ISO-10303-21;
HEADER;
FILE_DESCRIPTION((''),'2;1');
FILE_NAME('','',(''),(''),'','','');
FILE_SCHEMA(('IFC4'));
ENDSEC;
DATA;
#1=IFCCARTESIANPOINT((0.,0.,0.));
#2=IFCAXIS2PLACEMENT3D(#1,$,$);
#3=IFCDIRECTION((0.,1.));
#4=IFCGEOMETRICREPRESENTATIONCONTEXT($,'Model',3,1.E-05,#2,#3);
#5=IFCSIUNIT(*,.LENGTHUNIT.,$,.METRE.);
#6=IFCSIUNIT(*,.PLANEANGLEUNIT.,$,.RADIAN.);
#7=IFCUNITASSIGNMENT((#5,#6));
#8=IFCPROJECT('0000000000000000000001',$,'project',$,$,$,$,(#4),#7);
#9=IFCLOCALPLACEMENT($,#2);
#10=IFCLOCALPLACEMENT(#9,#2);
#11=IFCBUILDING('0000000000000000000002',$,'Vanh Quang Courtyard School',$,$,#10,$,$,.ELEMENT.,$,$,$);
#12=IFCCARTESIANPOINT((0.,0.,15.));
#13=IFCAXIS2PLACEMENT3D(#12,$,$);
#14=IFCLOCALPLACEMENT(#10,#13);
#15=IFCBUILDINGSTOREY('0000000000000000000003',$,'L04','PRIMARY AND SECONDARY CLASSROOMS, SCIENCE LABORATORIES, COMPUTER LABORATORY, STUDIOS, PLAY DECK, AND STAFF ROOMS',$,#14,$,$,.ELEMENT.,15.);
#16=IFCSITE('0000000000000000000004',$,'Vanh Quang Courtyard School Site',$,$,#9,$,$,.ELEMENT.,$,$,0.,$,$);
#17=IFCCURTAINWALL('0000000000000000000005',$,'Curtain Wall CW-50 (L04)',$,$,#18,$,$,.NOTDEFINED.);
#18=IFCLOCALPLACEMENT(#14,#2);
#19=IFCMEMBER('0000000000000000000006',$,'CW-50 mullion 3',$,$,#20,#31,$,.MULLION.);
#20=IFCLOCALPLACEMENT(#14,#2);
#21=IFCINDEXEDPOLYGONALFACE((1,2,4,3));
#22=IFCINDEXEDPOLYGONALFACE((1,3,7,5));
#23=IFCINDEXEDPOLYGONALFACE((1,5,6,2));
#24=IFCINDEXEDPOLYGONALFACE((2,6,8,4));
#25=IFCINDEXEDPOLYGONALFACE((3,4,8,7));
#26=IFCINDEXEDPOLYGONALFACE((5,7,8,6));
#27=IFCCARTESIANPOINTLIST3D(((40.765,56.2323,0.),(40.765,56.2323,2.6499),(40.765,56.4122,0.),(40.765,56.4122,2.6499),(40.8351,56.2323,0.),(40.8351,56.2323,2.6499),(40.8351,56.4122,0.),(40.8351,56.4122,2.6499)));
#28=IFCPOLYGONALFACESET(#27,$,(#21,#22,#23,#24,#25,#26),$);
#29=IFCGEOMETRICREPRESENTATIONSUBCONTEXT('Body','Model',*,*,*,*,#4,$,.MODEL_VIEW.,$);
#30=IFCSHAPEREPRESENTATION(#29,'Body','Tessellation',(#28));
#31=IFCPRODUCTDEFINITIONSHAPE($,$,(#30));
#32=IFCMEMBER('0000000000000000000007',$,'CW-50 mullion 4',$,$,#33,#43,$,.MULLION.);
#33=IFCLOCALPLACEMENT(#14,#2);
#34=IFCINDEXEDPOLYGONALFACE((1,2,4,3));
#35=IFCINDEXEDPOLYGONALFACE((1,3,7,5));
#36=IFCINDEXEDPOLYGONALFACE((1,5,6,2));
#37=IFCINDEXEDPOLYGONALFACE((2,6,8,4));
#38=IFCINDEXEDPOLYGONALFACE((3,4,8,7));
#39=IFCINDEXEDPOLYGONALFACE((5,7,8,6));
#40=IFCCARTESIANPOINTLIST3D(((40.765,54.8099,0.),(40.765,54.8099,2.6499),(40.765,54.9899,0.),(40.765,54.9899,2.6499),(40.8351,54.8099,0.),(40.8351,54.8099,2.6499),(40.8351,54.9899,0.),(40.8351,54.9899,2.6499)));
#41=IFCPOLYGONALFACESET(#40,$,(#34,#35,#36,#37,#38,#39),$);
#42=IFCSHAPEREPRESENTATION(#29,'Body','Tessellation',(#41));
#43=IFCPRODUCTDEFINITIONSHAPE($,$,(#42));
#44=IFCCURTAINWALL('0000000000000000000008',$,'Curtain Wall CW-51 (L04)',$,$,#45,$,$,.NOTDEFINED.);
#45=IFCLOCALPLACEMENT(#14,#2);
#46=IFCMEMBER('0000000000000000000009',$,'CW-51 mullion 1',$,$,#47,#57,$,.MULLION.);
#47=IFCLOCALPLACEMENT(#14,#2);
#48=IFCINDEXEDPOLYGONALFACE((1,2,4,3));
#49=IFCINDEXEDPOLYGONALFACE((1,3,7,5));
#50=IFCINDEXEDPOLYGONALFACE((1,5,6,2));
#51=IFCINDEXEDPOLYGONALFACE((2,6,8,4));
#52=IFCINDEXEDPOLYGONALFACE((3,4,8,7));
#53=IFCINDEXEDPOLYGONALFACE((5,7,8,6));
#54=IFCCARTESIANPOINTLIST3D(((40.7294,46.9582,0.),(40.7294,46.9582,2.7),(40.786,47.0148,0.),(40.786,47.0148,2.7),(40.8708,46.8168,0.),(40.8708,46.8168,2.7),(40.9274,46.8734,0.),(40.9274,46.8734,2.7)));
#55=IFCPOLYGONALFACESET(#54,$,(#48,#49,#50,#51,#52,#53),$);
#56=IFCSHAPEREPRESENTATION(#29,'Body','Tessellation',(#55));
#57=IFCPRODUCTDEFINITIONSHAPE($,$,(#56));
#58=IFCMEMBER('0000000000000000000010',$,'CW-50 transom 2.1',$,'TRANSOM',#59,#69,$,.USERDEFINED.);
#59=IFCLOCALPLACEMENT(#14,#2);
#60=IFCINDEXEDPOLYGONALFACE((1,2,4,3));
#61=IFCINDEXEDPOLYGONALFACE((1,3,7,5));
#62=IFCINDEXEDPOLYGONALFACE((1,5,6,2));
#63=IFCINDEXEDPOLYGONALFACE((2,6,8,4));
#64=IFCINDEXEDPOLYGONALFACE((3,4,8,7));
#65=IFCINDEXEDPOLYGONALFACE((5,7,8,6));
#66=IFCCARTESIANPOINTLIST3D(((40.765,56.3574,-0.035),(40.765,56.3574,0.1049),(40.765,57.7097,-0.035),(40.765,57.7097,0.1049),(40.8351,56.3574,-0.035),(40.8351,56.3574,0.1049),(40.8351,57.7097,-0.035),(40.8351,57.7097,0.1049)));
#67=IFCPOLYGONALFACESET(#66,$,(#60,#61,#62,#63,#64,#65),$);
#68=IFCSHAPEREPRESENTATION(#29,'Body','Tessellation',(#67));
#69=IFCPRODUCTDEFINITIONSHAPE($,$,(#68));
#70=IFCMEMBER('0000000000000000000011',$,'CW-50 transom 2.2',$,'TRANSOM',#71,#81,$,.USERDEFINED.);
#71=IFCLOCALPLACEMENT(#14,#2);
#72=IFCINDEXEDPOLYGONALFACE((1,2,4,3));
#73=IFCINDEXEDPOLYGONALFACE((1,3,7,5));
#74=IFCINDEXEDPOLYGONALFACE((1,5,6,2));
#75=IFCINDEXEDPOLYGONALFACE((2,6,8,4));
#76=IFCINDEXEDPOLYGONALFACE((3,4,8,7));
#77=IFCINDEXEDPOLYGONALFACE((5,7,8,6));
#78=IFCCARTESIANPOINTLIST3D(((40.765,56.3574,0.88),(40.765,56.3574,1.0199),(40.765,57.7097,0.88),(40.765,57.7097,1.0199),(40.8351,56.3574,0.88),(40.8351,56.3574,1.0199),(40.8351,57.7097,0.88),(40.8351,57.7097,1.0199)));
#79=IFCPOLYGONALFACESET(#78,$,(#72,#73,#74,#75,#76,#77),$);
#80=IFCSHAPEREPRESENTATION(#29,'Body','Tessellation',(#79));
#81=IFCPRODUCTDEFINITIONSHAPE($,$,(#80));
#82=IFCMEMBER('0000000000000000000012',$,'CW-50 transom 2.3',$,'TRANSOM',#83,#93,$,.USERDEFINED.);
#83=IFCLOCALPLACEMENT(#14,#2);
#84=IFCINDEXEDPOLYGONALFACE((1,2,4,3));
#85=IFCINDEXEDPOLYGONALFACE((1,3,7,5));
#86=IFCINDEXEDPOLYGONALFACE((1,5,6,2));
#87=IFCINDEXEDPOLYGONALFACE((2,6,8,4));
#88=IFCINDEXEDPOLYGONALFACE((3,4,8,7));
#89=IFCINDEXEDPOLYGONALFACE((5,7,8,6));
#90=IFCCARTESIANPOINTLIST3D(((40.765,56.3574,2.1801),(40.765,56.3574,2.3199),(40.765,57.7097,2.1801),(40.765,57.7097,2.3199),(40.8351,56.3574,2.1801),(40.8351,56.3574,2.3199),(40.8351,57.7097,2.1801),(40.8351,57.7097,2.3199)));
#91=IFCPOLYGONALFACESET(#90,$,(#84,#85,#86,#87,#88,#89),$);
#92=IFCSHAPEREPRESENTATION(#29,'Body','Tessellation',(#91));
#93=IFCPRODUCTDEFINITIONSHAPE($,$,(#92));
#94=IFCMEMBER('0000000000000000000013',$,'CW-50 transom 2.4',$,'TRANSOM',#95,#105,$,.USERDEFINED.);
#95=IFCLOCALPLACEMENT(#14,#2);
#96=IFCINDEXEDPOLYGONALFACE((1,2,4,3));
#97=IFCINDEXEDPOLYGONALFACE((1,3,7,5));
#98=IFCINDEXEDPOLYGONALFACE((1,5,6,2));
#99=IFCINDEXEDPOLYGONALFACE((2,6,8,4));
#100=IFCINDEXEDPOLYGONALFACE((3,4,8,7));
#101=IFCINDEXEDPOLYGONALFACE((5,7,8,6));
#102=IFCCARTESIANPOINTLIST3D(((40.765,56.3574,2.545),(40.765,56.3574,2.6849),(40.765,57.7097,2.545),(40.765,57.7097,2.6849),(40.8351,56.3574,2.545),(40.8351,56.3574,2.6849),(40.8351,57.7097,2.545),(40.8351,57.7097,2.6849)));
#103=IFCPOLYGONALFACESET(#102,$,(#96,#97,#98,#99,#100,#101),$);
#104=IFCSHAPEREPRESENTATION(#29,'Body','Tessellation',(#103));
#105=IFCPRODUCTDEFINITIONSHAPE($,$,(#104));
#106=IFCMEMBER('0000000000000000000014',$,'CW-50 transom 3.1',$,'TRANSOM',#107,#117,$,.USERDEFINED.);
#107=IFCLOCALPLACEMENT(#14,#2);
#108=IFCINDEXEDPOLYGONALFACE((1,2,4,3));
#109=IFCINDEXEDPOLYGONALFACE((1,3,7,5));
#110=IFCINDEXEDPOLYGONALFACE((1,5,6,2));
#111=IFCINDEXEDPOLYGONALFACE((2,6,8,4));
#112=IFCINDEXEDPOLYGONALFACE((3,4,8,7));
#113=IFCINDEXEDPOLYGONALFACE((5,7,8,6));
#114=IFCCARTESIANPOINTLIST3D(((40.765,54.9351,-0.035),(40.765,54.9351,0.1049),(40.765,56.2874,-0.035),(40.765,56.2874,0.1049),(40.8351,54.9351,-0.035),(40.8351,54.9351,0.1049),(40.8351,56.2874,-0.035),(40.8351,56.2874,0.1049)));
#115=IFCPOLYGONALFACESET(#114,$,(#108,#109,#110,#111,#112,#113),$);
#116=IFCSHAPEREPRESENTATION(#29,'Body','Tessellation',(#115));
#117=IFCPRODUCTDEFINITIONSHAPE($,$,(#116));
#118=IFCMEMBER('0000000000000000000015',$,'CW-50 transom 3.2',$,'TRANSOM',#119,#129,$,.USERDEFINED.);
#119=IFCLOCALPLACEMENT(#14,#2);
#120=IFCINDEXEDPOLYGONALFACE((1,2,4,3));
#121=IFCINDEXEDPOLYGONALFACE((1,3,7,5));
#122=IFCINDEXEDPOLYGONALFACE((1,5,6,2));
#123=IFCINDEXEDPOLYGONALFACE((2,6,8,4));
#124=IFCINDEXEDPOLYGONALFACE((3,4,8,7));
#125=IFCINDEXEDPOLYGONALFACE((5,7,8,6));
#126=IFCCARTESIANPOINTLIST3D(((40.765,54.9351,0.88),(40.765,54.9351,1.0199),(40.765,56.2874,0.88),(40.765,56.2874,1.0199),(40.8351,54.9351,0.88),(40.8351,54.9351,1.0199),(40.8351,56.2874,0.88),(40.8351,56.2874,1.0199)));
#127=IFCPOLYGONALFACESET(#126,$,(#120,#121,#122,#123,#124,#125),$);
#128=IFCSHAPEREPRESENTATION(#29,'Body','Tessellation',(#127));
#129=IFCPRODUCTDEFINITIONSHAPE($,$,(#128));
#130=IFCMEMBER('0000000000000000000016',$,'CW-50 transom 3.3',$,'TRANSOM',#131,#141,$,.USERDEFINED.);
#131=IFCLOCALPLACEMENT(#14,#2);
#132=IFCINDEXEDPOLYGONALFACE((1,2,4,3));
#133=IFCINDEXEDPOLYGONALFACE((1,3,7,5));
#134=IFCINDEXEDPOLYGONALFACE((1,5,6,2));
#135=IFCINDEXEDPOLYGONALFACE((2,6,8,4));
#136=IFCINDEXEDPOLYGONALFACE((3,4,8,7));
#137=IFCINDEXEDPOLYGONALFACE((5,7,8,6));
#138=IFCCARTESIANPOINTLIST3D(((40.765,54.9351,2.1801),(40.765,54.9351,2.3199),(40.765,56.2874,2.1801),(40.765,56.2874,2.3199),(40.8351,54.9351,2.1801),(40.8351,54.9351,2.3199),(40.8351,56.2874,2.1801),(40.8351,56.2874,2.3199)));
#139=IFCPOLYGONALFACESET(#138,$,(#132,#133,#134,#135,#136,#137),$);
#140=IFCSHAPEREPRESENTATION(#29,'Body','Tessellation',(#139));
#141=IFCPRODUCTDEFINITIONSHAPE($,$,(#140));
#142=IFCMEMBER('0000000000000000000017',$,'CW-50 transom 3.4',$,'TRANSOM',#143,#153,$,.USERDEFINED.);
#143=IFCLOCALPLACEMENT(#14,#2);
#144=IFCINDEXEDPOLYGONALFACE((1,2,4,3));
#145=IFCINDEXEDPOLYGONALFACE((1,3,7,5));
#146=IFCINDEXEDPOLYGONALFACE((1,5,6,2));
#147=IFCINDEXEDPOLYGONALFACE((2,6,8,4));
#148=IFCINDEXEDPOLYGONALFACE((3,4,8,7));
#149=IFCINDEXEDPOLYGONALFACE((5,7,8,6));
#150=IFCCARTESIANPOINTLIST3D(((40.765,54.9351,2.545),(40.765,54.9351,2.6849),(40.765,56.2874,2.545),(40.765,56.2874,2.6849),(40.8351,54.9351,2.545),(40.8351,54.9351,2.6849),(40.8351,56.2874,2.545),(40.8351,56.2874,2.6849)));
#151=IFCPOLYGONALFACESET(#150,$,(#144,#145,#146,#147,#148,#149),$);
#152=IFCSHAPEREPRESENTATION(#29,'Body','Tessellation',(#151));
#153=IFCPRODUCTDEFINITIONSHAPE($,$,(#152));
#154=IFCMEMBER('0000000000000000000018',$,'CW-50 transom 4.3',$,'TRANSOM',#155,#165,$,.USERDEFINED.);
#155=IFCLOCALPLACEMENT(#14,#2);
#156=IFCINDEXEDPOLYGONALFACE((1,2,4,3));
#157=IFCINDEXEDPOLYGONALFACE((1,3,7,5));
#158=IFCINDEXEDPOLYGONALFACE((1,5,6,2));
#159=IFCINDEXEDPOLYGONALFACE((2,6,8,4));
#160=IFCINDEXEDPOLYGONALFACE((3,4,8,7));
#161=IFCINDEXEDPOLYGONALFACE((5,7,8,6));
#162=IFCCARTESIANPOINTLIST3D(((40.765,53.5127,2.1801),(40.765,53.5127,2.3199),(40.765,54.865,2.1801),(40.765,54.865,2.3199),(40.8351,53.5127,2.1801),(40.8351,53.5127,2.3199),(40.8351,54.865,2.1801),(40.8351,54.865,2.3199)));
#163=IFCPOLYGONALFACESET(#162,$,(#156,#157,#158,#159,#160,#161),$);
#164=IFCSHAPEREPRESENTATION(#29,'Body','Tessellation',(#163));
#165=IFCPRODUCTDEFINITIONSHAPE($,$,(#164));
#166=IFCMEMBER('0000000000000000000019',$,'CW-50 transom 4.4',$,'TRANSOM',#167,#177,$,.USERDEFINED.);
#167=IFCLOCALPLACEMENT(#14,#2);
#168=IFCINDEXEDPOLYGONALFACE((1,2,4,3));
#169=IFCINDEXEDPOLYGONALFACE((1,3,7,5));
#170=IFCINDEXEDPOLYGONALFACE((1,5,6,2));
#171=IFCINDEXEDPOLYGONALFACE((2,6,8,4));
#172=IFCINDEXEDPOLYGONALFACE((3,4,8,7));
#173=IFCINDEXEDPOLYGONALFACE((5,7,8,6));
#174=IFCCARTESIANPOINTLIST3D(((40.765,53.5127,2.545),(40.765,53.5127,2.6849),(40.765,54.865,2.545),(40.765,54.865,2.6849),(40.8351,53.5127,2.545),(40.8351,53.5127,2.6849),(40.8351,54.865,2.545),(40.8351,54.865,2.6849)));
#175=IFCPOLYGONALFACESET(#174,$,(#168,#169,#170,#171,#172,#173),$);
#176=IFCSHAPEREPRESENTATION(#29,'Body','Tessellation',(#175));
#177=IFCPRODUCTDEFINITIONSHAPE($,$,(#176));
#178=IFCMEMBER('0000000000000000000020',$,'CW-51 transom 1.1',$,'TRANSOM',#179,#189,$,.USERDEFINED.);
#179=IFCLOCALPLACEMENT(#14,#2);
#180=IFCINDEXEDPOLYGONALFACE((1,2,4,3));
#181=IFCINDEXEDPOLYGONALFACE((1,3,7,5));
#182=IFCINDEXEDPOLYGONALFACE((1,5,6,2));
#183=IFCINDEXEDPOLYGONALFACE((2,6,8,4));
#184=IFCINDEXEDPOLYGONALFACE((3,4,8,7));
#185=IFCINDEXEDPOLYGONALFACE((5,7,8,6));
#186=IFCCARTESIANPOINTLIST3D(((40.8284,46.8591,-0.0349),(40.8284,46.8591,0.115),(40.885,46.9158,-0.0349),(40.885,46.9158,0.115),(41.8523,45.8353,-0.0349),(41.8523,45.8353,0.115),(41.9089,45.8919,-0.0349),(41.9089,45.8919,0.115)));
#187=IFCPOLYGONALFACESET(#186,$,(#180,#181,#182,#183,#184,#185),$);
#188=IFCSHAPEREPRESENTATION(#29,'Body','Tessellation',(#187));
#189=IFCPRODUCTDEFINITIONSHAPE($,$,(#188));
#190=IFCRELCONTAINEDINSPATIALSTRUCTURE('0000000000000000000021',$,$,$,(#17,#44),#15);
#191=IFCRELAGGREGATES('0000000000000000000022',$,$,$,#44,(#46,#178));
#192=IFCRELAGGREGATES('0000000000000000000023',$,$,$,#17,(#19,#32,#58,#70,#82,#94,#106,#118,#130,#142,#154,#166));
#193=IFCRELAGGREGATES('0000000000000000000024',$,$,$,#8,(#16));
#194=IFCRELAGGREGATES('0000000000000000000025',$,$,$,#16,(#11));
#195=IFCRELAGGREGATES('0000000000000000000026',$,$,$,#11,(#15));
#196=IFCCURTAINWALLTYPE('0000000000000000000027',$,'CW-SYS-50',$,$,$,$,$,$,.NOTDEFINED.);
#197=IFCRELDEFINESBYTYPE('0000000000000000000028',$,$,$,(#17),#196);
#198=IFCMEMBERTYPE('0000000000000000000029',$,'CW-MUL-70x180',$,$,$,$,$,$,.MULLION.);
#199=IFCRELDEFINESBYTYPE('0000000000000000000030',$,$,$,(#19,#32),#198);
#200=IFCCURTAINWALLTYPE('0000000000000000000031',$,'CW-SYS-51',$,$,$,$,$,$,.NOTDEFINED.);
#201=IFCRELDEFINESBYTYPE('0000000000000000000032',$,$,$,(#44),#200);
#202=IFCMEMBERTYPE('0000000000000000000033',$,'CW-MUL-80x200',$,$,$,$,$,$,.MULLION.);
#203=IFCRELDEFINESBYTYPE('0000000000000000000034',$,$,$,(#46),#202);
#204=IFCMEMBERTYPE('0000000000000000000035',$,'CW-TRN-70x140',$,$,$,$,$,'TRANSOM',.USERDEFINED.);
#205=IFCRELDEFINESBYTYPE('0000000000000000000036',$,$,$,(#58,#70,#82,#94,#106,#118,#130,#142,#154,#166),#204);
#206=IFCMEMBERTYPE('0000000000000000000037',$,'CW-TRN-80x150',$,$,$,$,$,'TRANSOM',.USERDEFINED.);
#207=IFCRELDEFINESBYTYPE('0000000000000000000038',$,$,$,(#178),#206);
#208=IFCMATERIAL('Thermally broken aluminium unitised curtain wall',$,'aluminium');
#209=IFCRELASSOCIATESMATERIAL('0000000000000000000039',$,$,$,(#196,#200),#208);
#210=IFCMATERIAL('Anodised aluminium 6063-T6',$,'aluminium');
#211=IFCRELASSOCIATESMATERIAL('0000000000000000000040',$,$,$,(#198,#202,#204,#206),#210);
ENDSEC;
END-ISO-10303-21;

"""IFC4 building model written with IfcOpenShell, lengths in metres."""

from ifc_helpers import new_model, si_unit, direction, frame, origin, origin_2d, place, context, subcontext, project, spatial, rectangle, extrude, material, material_profile, profile_set, type_object, element, aggregate, save


model = new_model("IFC4")

# Units and contexts
model_context = context("Model", 3, precision=1e-05, world=origin(), true_north=direction((0.0, 1.0)))
body_context = subcontext(model_context, "Body", "Model", "MODEL_VIEW")
ifc_project = project(units=[si_unit("LENGTHUNIT", "METRE"), si_unit("PLANEANGLEUNIT", "RADIAN")], contexts=[model_context])

# Site, building, storey
site_placement = place(None, origin())
site = spatial("IfcSite", under=ifc_project, at=site_placement, Name="Vanh Quang Courtyard School Site", CompositionType="ELEMENT", RefElevation=0.0)
building_placement = place(site_placement, origin())
building = spatial("IfcBuilding", under=site, at=building_placement, Name="Vanh Quang Courtyard School", CompositionType="ELEMENT")
storey_placement = place(building_placement, frame((0.0, 0.0, 15.0)))
storey = spatial("IfcBuildingStorey", under=building, at=storey_placement, Name="L04", Description="PRIMARY AND SECONDARY CLASSROOMS, SCIENCE LABORATORIES, COMPUTER LABORATORY, STUDIOS, PLAY DECK, AND STAFF ROOMS", CompositionType="ELEMENT", Elevation=15.0)

# Curtain wall, members
ifc_material_1 = material(Name="Thermally broken aluminium unitised curtain wall", Category="aluminium")
curtain_wall_type_1 = type_object("IfcCurtainWallType", Name="CW-SYS-50", PredefinedType="NOTDEFINED", material=ifc_material_1)
curtain_wall_1_placement = place(storey_placement, origin())
curtain_wall_1 = element("IfcCurtainWall", 1, at=curtain_wall_1_placement, inside=storey, type_object=curtain_wall_type_1, Name="Curtain Wall CW-50 (L04)", PredefinedType="NOTDEFINED")
ifc_material_2 = material(Name="Anodised aluminium 6063-T6", Category="aluminium")
ifc_material_profile_1 = material_profile(ifc_material_2, rectangle(XDim=0.0701, YDim=0.1799, at=origin_2d()), Name="ALU-MUL 70x180")
ifc_profile_set_1 = profile_set([ifc_material_profile_1], Name="Anodised aluminium 6063-T6")
member_type_1 = type_object("IfcMemberType", Name="CW-MUL-70x180", PredefinedType="MULLION", material=ifc_profile_set_1)
member_1_placement = place(storey_placement, frame((40.8, 56.3223, 0.0), z_axis=(0.0, 0.0, 1.0), x_axis=(1.0, 0.0, 0.0)))
member_1 = element("IfcMember", 2, at=member_1_placement, type_object=member_type_1, Name="CW-50 mullion 3", PredefinedType="MULLION", context=body_context, shape_type="SweptSolid", body=[
    extrude(rectangle(XDim=0.0701, YDim=0.1799, at=origin_2d()), origin(), (0.0, 0.0, 1.0), 2.6499),
])
member_2_placement = place(storey_placement, frame((40.8, 54.8999, 0.0), z_axis=(0.0, 0.0, 1.0), x_axis=(1.0, 0.0, 0.0)))
member_2 = element("IfcMember", 3, at=member_2_placement, type_object=member_type_1, Name="CW-50 mullion 4", PredefinedType="MULLION", context=body_context, shape_type="SweptSolid", body=[
    extrude(rectangle(XDim=0.0701, YDim=0.1799, at=origin_2d()), origin(), (0.0, 0.0, 1.0), 2.6499),
])

# Curtain wall, member
curtain_wall_type_2 = type_object("IfcCurtainWallType", Name="CW-SYS-51", PredefinedType="NOTDEFINED", material=ifc_material_1)
curtain_wall_2_placement = place(storey_placement, origin())
curtain_wall_2 = element("IfcCurtainWall", 4, at=curtain_wall_2_placement, inside=storey, type_object=curtain_wall_type_2, Name="Curtain Wall CW-51 (L04)", PredefinedType="NOTDEFINED")
ifc_material_profile_2 = material_profile(ifc_material_2, rectangle(XDim=0.0801, YDim=0.2, at=origin_2d()), Name="ALU-MUL 80x200")
ifc_profile_set_2 = profile_set([ifc_material_profile_2], Name="Anodised aluminium 6063-T6")
member_type_2 = type_object("IfcMemberType", Name="CW-MUL-80x200", PredefinedType="MULLION", material=ifc_profile_set_2)
member_3_placement = place(storey_placement, frame((40.8284, 46.9158, 0.0), z_axis=(0.0, 0.0, 1.0), x_axis=(0.707107, 0.707107, 0.0)))
member_3 = element("IfcMember", 5, at=member_3_placement, type_object=member_type_2, Name="CW-51 mullion 1", PredefinedType="MULLION", context=body_context, shape_type="SweptSolid", body=[
    extrude(rectangle(XDim=0.0801, YDim=0.2, at=origin_2d()), origin(), (0.0, 0.0, 1.0), 2.7),
])

# Members
ifc_material_profile_3 = material_profile(ifc_material_2, rectangle(XDim=0.0701, YDim=0.1399, at=origin_2d()), Name="ALU-TRN 70x140")
ifc_profile_set_3 = profile_set([ifc_material_profile_3], Name="Anodised aluminium 6063-T6")
member_type_3 = type_object("IfcMemberType", Name="CW-TRN-70x140", ElementType="TRANSOM", PredefinedType="USERDEFINED", material=ifc_profile_set_3)
member_4_placement = place(storey_placement, frame((40.8, 57.7097, 0.0349), z_axis=(0.0, -1.0, 0.0), x_axis=(1.0, 0.0, 0.0)))
member_4 = element("IfcMember", 6, at=member_4_placement, type_object=member_type_3, Name="CW-50 transom 2.1", ObjectType="TRANSOM", PredefinedType="USERDEFINED", context=body_context, shape_type="SweptSolid", body=[
    extrude(rectangle(XDim=0.0701, YDim=0.1399, at=origin_2d()), origin(), (0.0, 0.0, 1.0), 1.3523),
])
member_5_placement = place(storey_placement, frame((40.8, 57.7097, 0.95), z_axis=(0.0, -1.0, 0.0), x_axis=(1.0, 0.0, 0.0)))
member_5 = element("IfcMember", 7, at=member_5_placement, type_object=member_type_3, Name="CW-50 transom 2.2", ObjectType="TRANSOM", PredefinedType="USERDEFINED", context=body_context, shape_type="SweptSolid", body=[
    extrude(rectangle(XDim=0.0701, YDim=0.1399, at=origin_2d()), origin(), (0.0, 0.0, 1.0), 1.3523),
])
member_6_placement = place(storey_placement, frame((40.8, 57.7097, 2.25), z_axis=(0.0, -1.0, 0.0), x_axis=(1.0, 0.0, 0.0)))
member_6 = element("IfcMember", 8, at=member_6_placement, type_object=member_type_3, Name="CW-50 transom 2.3", ObjectType="TRANSOM", PredefinedType="USERDEFINED", context=body_context, shape_type="SweptSolid", body=[
    extrude(rectangle(XDim=0.0701, YDim=0.1399, at=origin_2d()), origin(), (0.0, 0.0, 1.0), 1.3523),
])
member_7_placement = place(storey_placement, frame((40.8, 57.7097, 2.615), z_axis=(0.0, -1.0, 0.0), x_axis=(1.0, 0.0, 0.0)))
member_7 = element("IfcMember", 9, at=member_7_placement, type_object=member_type_3, Name="CW-50 transom 2.4", ObjectType="TRANSOM", PredefinedType="USERDEFINED", context=body_context, shape_type="SweptSolid", body=[
    extrude(rectangle(XDim=0.0701, YDim=0.1399, at=origin_2d()), origin(), (0.0, 0.0, 1.0), 1.3523),
])
member_8_placement = place(storey_placement, frame((40.8, 56.2874, 0.0349), z_axis=(0.0, -1.0, 0.0), x_axis=(1.0, 0.0, 0.0)))
member_8 = element("IfcMember", 10, at=member_8_placement, type_object=member_type_3, Name="CW-50 transom 3.1", ObjectType="TRANSOM", PredefinedType="USERDEFINED", context=body_context, shape_type="SweptSolid", body=[
    extrude(rectangle(XDim=0.0701, YDim=0.1399, at=origin_2d()), origin(), (0.0, 0.0, 1.0), 1.3523),
])
member_9_placement = place(storey_placement, frame((40.8, 56.2874, 0.95), z_axis=(0.0, -1.0, 0.0), x_axis=(1.0, 0.0, 0.0)))
member_9 = element("IfcMember", 11, at=member_9_placement, type_object=member_type_3, Name="CW-50 transom 3.2", ObjectType="TRANSOM", PredefinedType="USERDEFINED", context=body_context, shape_type="SweptSolid", body=[
    extrude(rectangle(XDim=0.0701, YDim=0.1399, at=origin_2d()), origin(), (0.0, 0.0, 1.0), 1.3523),
])
member_10_placement = place(storey_placement, frame((40.8, 56.2874, 2.25), z_axis=(0.0, -1.0, 0.0), x_axis=(1.0, 0.0, 0.0)))
member_10 = element("IfcMember", 12, at=member_10_placement, type_object=member_type_3, Name="CW-50 transom 3.3", ObjectType="TRANSOM", PredefinedType="USERDEFINED", context=body_context, shape_type="SweptSolid", body=[
    extrude(rectangle(XDim=0.0701, YDim=0.1399, at=origin_2d()), origin(), (0.0, 0.0, 1.0), 1.3523),
])
member_11_placement = place(storey_placement, frame((40.8, 56.2874, 2.615), z_axis=(0.0, -1.0, 0.0), x_axis=(1.0, 0.0, 0.0)))
member_11 = element("IfcMember", 13, at=member_11_placement, type_object=member_type_3, Name="CW-50 transom 3.4", ObjectType="TRANSOM", PredefinedType="USERDEFINED", context=body_context, shape_type="SweptSolid", body=[
    extrude(rectangle(XDim=0.0701, YDim=0.1399, at=origin_2d()), origin(), (0.0, 0.0, 1.0), 1.3523),
])
member_12_placement = place(storey_placement, frame((40.8, 54.865, 2.25), z_axis=(0.0, -1.0, 0.0), x_axis=(1.0, 0.0, 0.0)))
member_12 = element("IfcMember", 14, at=member_12_placement, type_object=member_type_3, Name="CW-50 transom 4.3", ObjectType="TRANSOM", PredefinedType="USERDEFINED", context=body_context, shape_type="SweptSolid", body=[
    extrude(rectangle(XDim=0.0701, YDim=0.1399, at=origin_2d()), origin(), (0.0, 0.0, 1.0), 1.3523),
])
member_13_placement = place(storey_placement, frame((40.8, 54.865, 2.615), z_axis=(0.0, -1.0, 0.0), x_axis=(1.0, 0.0, 0.0)))
member_13 = element("IfcMember", 15, at=member_13_placement, type_object=member_type_3, Name="CW-50 transom 4.4", ObjectType="TRANSOM", PredefinedType="USERDEFINED", context=body_context, shape_type="SweptSolid", body=[
    extrude(rectangle(XDim=0.0701, YDim=0.1399, at=origin_2d()), origin(), (0.0, 0.0, 1.0), 1.3523),
])
ifc_material_profile_4 = material_profile(ifc_material_2, rectangle(XDim=0.0801, YDim=0.1499, at=origin_2d()), Name="ALU-TRN 80x150")
ifc_profile_set_4 = profile_set([ifc_material_profile_4], Name="Anodised aluminium 6063-T6")
member_type_4 = type_object("IfcMemberType", Name="CW-TRN-80x150", ElementType="TRANSOM", PredefinedType="USERDEFINED", material=ifc_profile_set_4)
member_14_placement = place(storey_placement, frame((40.8567, 46.8875, 0.04), z_axis=(0.707107, -0.707107, 0.0), x_axis=(0.707107, 0.707107, 0.0)))
member_14 = element("IfcMember", 16, at=member_14_placement, type_object=member_type_4, Name="CW-51 transom 1.1", ObjectType="TRANSOM", PredefinedType="USERDEFINED", context=body_context, shape_type="SweptSolid", body=[
    extrude(rectangle(XDim=0.0801, YDim=0.1499, at=origin_2d()), origin(), (0.0, 0.0, 1.0), 1.448),
])
aggregate(curtain_wall_2, [member_3, member_14])

aggregate(curtain_wall_1, [member_1, member_2, member_4, member_5, member_6, member_7, member_8, member_9, member_10, member_11, member_12, member_13])

save(model, "model.ifc")
